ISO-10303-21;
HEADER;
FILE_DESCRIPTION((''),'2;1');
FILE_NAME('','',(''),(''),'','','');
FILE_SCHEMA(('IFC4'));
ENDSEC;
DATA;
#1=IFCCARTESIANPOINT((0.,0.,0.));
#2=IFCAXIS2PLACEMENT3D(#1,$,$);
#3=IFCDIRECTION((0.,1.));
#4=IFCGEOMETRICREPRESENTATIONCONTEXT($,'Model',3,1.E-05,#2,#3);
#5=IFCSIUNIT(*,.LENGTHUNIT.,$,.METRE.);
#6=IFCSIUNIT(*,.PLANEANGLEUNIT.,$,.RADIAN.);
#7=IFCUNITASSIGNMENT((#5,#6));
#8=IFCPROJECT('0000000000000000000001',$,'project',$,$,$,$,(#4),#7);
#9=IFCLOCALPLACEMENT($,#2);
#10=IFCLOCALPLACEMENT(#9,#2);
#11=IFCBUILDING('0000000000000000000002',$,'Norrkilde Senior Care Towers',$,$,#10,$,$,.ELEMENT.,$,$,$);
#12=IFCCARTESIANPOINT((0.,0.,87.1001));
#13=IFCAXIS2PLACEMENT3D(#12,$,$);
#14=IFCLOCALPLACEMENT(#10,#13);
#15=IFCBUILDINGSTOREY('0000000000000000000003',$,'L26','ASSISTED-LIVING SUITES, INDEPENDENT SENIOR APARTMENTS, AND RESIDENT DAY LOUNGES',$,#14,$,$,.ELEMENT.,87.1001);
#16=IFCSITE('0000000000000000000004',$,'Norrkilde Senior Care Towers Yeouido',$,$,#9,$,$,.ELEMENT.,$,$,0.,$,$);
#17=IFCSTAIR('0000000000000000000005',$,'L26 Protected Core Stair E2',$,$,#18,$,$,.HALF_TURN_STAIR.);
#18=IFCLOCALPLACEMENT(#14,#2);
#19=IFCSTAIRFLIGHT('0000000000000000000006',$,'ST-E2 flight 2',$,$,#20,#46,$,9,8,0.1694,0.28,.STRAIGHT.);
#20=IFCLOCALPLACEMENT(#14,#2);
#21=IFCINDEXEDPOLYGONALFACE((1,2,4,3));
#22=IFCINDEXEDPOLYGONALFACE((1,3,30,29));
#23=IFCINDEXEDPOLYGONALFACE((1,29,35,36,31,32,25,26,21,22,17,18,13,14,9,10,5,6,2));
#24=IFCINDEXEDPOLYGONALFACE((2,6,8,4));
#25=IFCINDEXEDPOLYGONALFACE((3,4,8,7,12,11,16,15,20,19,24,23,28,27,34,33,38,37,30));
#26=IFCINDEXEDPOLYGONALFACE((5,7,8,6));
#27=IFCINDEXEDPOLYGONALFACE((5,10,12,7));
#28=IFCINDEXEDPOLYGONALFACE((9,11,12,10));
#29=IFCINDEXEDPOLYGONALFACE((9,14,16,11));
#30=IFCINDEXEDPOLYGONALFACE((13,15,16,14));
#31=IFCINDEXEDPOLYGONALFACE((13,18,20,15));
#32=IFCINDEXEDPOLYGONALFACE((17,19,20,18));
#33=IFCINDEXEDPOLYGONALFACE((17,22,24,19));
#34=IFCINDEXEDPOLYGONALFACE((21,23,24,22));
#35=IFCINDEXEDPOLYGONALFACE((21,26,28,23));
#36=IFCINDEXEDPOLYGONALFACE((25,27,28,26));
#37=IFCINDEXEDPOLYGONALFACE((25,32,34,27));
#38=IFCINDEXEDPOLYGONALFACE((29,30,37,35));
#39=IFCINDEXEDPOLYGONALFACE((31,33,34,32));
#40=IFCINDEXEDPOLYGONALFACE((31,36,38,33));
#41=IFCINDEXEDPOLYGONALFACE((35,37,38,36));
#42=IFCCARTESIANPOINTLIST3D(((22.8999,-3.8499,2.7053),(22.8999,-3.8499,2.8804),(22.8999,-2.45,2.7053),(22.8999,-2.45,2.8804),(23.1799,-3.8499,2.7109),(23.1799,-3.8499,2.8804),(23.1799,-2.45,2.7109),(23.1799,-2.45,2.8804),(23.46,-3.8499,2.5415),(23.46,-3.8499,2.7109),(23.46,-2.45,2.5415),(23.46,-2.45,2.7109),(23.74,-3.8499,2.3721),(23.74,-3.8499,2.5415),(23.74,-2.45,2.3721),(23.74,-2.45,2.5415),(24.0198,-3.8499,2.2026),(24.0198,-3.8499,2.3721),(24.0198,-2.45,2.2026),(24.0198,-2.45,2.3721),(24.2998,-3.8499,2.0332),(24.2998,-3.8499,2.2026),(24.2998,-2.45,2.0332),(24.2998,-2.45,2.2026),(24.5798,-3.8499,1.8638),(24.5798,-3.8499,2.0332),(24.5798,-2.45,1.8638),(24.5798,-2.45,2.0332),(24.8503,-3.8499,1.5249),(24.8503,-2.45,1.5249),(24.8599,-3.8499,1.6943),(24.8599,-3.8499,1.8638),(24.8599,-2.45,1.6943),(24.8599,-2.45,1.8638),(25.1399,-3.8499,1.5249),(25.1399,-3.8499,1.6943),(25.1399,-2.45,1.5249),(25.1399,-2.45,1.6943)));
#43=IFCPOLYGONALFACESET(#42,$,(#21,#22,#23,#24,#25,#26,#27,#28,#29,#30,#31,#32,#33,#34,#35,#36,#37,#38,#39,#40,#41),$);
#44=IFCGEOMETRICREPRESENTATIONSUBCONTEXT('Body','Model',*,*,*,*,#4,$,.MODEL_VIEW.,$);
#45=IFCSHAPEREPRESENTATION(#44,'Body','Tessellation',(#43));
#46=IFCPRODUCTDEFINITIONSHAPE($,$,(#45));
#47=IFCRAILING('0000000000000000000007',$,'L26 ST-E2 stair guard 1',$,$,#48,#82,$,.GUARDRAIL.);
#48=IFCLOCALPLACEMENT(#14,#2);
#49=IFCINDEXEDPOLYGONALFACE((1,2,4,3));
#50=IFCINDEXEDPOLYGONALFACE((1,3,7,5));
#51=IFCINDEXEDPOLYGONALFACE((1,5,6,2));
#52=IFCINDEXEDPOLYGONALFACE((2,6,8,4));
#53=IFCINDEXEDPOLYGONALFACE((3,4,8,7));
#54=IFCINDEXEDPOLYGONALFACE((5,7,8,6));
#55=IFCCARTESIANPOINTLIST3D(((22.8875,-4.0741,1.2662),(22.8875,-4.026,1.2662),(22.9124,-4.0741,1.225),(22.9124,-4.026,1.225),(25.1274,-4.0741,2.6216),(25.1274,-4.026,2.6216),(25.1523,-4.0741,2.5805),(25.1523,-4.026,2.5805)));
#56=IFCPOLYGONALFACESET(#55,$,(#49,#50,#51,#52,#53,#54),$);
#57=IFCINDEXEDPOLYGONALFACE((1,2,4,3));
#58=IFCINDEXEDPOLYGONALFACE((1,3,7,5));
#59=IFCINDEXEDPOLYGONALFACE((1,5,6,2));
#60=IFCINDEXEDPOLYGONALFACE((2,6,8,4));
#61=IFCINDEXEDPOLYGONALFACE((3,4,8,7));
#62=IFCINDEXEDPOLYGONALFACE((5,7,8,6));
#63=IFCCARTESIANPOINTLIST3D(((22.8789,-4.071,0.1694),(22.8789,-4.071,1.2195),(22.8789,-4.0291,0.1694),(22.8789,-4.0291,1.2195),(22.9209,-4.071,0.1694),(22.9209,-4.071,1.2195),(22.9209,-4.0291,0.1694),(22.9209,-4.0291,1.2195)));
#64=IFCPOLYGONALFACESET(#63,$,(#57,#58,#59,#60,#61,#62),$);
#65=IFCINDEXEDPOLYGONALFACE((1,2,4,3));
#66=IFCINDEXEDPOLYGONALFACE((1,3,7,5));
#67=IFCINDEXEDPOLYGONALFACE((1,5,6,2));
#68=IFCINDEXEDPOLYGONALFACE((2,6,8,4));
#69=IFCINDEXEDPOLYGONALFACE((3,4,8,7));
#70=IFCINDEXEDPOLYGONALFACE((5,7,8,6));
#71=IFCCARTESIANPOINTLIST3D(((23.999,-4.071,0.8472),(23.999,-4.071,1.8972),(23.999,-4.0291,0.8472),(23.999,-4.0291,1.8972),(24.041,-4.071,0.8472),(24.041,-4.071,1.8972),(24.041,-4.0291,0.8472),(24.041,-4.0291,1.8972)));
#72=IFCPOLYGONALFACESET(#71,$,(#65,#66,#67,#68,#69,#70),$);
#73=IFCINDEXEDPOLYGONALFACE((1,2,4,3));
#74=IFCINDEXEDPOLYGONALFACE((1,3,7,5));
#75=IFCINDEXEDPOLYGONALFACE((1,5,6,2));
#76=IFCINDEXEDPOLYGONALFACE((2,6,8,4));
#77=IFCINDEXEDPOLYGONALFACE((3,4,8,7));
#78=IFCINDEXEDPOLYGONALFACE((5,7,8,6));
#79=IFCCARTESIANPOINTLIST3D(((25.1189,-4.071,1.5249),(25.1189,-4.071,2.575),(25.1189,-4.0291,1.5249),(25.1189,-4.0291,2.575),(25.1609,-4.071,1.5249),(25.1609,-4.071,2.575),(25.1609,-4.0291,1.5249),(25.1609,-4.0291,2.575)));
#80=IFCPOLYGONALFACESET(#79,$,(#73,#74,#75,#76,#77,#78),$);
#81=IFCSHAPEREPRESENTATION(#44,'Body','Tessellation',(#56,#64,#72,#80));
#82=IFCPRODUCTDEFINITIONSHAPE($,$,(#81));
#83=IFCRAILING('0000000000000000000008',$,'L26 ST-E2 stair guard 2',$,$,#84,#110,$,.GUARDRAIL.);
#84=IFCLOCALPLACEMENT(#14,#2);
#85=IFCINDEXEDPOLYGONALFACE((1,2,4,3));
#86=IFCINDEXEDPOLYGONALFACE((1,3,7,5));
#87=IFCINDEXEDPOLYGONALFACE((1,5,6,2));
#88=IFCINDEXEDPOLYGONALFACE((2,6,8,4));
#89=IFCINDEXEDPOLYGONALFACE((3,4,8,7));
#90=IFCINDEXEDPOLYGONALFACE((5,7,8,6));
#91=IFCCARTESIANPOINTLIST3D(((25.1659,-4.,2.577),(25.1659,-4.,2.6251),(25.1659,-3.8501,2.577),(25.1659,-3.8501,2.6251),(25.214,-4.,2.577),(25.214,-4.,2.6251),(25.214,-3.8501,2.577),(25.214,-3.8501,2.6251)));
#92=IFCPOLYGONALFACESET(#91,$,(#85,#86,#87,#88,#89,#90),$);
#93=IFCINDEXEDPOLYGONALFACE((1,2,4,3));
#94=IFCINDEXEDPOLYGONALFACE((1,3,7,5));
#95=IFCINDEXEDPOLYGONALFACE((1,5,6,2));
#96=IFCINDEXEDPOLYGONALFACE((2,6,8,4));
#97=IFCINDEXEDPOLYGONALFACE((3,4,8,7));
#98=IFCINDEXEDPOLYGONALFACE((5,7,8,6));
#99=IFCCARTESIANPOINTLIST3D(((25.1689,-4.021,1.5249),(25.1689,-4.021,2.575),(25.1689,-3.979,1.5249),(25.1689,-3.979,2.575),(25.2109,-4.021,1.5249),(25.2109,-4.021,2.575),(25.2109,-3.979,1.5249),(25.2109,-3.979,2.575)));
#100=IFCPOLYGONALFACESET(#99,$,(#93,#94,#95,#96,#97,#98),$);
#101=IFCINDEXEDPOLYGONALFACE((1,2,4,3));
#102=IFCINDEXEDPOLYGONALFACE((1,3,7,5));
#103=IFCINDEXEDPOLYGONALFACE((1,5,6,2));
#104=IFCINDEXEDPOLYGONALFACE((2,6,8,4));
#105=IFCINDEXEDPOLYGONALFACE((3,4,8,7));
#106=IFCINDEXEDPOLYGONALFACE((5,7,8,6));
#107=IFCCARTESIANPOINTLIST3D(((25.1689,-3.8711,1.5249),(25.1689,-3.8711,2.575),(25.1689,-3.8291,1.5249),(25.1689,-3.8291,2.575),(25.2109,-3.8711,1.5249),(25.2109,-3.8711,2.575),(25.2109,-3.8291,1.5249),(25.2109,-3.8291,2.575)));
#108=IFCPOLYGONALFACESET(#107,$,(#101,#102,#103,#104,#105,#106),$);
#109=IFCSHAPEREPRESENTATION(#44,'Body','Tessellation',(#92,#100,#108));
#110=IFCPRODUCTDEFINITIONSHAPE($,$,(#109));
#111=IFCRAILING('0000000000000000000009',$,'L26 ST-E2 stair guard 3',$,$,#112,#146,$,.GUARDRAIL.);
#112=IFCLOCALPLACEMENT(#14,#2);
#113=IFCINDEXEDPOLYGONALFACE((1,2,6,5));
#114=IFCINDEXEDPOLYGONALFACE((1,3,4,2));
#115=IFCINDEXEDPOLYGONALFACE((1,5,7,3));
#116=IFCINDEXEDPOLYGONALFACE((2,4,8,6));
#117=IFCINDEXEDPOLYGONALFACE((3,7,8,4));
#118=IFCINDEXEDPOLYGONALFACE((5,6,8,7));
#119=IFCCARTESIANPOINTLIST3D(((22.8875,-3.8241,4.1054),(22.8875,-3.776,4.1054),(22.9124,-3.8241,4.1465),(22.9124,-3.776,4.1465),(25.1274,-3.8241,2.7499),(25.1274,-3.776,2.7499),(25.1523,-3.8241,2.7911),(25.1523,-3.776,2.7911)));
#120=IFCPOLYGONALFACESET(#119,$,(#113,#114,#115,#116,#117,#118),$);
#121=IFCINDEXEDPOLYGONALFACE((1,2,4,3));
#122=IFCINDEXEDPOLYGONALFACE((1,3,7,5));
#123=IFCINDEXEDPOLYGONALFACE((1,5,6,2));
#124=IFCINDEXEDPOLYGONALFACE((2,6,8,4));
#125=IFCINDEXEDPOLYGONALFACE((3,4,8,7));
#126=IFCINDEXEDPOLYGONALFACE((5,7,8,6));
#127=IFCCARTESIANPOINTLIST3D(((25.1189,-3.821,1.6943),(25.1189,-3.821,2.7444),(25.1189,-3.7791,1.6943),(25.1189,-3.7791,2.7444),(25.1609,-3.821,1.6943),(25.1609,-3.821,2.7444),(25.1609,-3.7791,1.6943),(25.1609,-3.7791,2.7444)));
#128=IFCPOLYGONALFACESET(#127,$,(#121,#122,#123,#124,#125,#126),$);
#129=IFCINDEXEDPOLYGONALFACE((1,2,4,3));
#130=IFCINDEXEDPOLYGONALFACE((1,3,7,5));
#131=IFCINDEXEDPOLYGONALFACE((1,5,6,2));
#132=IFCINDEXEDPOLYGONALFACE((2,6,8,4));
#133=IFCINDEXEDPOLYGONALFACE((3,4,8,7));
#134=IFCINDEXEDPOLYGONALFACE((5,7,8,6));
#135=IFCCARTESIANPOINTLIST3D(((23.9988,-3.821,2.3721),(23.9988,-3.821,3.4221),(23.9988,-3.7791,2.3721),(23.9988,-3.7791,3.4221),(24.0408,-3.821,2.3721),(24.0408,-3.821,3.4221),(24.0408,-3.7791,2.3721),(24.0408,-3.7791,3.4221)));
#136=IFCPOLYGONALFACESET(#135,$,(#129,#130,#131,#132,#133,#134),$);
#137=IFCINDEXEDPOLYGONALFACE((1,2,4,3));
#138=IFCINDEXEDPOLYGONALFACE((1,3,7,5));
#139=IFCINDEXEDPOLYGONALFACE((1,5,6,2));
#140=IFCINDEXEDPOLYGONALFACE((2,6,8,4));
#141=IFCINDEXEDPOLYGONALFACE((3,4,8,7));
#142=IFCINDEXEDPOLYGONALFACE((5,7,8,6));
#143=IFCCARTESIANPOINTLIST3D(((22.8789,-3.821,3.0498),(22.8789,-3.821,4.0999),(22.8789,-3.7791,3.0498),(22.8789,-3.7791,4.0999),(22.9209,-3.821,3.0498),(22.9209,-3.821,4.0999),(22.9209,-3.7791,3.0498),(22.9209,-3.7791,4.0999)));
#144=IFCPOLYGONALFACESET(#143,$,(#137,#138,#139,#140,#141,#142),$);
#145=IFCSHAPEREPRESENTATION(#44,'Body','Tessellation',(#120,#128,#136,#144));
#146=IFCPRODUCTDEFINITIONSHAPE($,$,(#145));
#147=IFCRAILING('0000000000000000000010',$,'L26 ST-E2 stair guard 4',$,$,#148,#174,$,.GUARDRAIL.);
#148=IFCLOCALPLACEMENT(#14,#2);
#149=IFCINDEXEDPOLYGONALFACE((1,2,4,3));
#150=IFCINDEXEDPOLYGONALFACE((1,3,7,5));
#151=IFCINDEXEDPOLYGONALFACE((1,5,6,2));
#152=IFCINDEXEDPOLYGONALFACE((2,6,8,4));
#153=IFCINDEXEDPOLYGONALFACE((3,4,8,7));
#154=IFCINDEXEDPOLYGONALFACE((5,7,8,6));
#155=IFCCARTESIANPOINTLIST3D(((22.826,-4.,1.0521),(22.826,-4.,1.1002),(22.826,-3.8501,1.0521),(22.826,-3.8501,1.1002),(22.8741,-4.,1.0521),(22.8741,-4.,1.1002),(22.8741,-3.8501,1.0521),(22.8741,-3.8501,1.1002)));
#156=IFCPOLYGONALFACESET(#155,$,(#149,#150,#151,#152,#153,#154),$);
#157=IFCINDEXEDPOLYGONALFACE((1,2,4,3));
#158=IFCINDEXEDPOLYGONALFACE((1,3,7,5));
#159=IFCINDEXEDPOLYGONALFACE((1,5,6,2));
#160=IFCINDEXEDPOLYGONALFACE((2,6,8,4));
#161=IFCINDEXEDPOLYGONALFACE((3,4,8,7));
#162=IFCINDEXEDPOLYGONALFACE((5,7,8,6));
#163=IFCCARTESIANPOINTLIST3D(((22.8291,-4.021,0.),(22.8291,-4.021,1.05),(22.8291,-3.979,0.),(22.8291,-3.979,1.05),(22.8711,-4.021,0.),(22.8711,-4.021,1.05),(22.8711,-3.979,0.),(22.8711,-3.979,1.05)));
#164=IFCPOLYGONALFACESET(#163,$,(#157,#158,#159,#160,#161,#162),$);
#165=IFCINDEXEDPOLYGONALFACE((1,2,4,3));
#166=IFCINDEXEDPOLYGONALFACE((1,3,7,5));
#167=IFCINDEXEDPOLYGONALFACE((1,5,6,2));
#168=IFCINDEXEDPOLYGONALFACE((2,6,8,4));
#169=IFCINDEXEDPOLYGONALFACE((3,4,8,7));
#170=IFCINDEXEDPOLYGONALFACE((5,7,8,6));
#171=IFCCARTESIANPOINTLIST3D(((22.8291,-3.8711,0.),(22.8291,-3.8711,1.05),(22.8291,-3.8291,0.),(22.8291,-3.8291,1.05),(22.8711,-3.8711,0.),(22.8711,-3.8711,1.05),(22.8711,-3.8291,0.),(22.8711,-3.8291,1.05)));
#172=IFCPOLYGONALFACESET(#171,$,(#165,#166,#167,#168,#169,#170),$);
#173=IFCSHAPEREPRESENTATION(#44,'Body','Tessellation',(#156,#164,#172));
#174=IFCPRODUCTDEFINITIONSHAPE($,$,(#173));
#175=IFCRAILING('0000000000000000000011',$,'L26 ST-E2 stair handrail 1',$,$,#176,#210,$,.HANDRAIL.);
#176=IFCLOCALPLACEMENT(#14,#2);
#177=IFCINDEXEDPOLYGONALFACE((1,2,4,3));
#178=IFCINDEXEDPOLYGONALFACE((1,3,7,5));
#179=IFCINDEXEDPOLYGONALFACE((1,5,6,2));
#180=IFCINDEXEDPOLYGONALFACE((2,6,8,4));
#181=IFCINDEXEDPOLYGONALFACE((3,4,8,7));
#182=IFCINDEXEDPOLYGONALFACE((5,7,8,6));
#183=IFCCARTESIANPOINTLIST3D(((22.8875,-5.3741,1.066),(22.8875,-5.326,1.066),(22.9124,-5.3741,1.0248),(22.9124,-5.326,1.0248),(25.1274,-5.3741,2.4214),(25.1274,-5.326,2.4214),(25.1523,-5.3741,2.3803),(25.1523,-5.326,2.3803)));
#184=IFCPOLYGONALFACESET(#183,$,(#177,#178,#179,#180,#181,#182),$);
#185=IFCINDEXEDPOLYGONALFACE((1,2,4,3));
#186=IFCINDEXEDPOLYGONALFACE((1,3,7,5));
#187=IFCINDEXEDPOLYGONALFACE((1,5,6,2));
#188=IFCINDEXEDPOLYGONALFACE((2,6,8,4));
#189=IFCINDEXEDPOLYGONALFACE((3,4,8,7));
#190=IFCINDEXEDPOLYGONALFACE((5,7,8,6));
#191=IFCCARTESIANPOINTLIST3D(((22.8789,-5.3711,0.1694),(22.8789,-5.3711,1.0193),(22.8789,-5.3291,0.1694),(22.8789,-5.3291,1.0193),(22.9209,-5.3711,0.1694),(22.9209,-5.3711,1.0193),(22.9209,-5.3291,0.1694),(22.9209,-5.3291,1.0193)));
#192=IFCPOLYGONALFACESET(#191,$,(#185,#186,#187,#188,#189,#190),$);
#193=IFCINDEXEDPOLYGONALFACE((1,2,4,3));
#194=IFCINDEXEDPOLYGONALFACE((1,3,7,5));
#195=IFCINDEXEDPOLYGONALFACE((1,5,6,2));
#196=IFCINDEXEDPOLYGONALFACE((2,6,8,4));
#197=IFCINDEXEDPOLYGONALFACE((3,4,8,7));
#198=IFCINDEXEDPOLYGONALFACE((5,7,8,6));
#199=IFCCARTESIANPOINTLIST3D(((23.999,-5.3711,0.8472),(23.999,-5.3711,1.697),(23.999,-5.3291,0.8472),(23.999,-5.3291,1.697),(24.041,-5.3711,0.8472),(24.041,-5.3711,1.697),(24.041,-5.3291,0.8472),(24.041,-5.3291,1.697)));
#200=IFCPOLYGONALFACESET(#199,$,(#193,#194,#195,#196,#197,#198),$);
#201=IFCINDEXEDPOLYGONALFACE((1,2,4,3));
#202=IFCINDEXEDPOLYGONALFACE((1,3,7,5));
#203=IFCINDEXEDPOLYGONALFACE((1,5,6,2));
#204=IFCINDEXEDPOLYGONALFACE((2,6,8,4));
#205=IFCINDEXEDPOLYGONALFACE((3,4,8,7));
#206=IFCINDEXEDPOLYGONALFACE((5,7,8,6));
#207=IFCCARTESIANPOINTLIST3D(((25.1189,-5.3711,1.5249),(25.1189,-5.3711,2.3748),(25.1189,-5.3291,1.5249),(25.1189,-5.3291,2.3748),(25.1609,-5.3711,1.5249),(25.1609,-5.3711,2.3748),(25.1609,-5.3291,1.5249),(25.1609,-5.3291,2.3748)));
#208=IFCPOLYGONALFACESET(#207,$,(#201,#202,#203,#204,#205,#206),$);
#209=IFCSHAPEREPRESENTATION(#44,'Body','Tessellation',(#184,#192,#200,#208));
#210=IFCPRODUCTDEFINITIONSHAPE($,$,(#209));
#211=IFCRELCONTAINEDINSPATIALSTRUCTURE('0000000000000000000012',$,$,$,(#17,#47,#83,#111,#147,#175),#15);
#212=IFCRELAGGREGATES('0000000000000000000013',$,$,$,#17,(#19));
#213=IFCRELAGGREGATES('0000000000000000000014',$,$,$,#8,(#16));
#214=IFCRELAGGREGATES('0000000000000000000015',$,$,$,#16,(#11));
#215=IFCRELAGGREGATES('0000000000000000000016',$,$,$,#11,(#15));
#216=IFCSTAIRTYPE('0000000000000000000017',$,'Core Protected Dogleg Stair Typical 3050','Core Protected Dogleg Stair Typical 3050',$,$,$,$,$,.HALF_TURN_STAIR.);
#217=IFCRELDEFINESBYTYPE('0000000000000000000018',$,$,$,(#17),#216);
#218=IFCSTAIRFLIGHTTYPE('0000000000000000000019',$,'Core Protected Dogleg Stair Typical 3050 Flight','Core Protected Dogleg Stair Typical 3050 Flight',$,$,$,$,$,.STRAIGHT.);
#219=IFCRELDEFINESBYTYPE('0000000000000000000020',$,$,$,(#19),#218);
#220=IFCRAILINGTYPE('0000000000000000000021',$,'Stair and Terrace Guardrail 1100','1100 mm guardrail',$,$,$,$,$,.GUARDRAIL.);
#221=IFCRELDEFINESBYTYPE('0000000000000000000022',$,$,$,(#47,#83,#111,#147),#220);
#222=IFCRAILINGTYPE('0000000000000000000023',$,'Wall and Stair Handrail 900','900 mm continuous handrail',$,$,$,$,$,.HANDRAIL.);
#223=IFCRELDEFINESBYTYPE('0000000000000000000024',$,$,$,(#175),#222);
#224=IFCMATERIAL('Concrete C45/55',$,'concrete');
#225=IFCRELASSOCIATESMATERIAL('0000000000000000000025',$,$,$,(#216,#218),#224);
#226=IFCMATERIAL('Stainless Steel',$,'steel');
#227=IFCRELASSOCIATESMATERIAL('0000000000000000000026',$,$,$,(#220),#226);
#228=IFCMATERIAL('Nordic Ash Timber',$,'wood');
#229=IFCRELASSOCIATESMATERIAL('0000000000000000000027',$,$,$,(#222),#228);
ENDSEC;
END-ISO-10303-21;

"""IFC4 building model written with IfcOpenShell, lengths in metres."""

from ifc_helpers import new_model, si_unit, direction, frame, origin, origin_2d, place, context, subcontext, project, spatial, polyline, rectangle, outline, extrude, material, type_object, element, aggregate, save


model = new_model("IFC4")

# Units and contexts
model_context = context("Model", 3, precision=1e-05, world=origin(), true_north=direction((0.0, 1.0)))
body_context = subcontext(model_context, "Body", "Model", "MODEL_VIEW")
ifc_project = project(units=[si_unit("LENGTHUNIT", "METRE"), si_unit("PLANEANGLEUNIT", "RADIAN")], contexts=[model_context])

# Site, building, storey
site_placement = place(None, origin())
site = spatial("IfcSite", under=ifc_project, at=site_placement, Name="Norrkilde Senior Care Towers Yeouido", CompositionType="ELEMENT", RefElevation=0.0)
building_placement = place(site_placement, origin())
building = spatial("IfcBuilding", under=site, at=building_placement, Name="Norrkilde Senior Care Towers", CompositionType="ELEMENT")
storey_placement = place(building_placement, frame((0.0, 0.0, 87.1001)))
storey = spatial("IfcBuildingStorey", under=building, at=storey_placement, Name="L26", Description="ASSISTED-LIVING SUITES, INDEPENDENT SENIOR APARTMENTS, AND RESIDENT DAY LOUNGES", CompositionType="ELEMENT", Elevation=87.1001)

# Shared definitions
ifc_material_1 = material(Name="Concrete C45/55", Category="concrete")

# Shared definitions
ifc_material_2 = material(Name="Nordic Ash Timber", Category="wood")

# Stair, stair flight
stair_type = type_object("IfcStairType", Name="Core Protected Dogleg Stair Typical 3050", Description="Core Protected Dogleg Stair Typical 3050", PredefinedType="HALF_TURN_STAIR", material=ifc_material_1)
stair_placement = place(storey_placement, origin())
stair = element("IfcStair", 1, at=stair_placement, inside=storey, type_object=stair_type, Name="L26 Protected Core Stair E2", PredefinedType="HALF_TURN_STAIR")
stair_flight_type = type_object("IfcStairFlightType", Name="Core Protected Dogleg Stair Typical 3050 Flight", Description="Core Protected Dogleg Stair Typical 3050 Flight", PredefinedType="STRAIGHT", material=ifc_material_1)
stair_flight_1_placement = place(storey_placement, frame((25.1399, -3.1499, 1.5249), z_axis=(0.0, 0.0, 1.0), x_axis=(-1.0, 0.0, 0.0)))
stair_flight_1 = element("IfcStairFlight", 2, at=stair_flight_1_placement, type_object=stair_flight_type, Name="ST-E2 flight 2", NumberOfRisers=9, NumberOfTreads=8, PredefinedType="STRAIGHT", RiserHeight=0.1694, TreadLength=0.28, context=body_context, shape_type="SweptSolid", body=[
    extrude(outline(polyline([(0.0, 0.0), (0.0, 0.1694), (0.28, 0.1694), (0.28, 0.3389), (0.5601, 0.3389), (0.5601, 0.5083), (0.8401, 0.5083), (0.8401, 0.6777), (1.1201, 0.6777), (1.1201, 0.8472), (1.3999, 0.8472), (1.3999, 1.0166), (1.6799, 1.0166), (1.6799, 1.186), (1.96, 1.186), (1.96, 1.3555), (2.24, 1.3555), (2.24, 1.5249), (2.24, 1.1804), (0.2896, 0.0), (0.0, 0.0)])), frame((0.0, 0.7, 0.0), z_axis=(0.0, -1.0, 0.0), x_axis=(1.0, 0.0, 0.0)), (0.0, 0.0, 1.0), 1.3999),
])
aggregate(stair, [stair_flight_1])

# Railings
ifc_material_3 = material(Name="Stainless Steel", Category="steel")
railing_type_1 = type_object("IfcRailingType", Name="Stair and Terrace Guardrail 1100", Description="1100 mm guardrail", PredefinedType="GUARDRAIL", material=ifc_material_3)
railing_1_placement = place(storey_placement, frame((22.8999, -4.05, 0.1694)))
element("IfcRailing", 3, at=railing_1_placement, inside=storey, type_object=railing_type_1, Name="L26 ST-E2 stair guard 1", PredefinedType="GUARDRAIL", context=body_context, shape_type="SweptSolid", body=[
    extrude(rectangle(XDim=0.0481, YDim=0.0481, at=origin_2d()), frame((0.0, 0.0, 1.0762), z_axis=(0.855553, 0.0, 0.517715), x_axis=(0.0, 1.0, 0.0)), (0.0, 0.0, 1.0), 2.6182),
    extrude(rectangle(XDim=0.042, YDim=0.042, at=origin_2d()), origin(), (0.0, 0.0, 1.0), 1.05),
    extrude(rectangle(XDim=0.042, YDim=0.042, at=origin_2d()), frame((1.1201, 0.0, 0.6777)), (0.0, 0.0, 1.0), 1.05),
    extrude(rectangle(XDim=0.042, YDim=0.042, at=origin_2d()), frame((2.24, 0.0, 1.3555)), (0.0, 0.0, 1.0), 1.05),
])
railing_2_placement = place(storey_placement, frame((25.1899, -4.0, 1.5249)))
element("IfcRailing", 4, at=railing_2_placement, inside=storey, type_object=railing_type_1, Name="L26 ST-E2 stair guard 2", PredefinedType="GUARDRAIL", context=body_context, shape_type="SweptSolid", body=[
    extrude(rectangle(XDim=0.0481, YDim=0.0481, at=origin_2d()), frame((0.0, 0.0, 1.0762), z_axis=(0.0, 1.0, 0.0), x_axis=(-1.0, 0.0, 0.0)), (0.0, 0.0, 1.0), 0.1499),
    extrude(rectangle(XDim=0.042, YDim=0.042, at=origin_2d()), origin(), (0.0, 0.0, 1.0), 1.05),
    extrude(rectangle(XDim=0.042, YDim=0.042, at=origin_2d()), frame((0.0, 0.1499, 0.0)), (0.0, 0.0, 1.0), 1.05),
])
railing_3_placement = place(storey_placement, frame((25.1399, -3.8, 1.6943)))
element("IfcRailing", 5, at=railing_3_placement, inside=storey, type_object=railing_type_1, Name="L26 ST-E2 stair guard 3", PredefinedType="GUARDRAIL", context=body_context, shape_type="SweptSolid", body=[
    extrude(rectangle(XDim=0.0481, YDim=0.0481, at=origin_2d()), frame((0.0, 0.0, 1.0762), z_axis=(-0.855553, 0.0, 0.517715), x_axis=(0.0, -1.0, 0.0)), (0.0, 0.0, 1.0), 2.6182),
    extrude(rectangle(XDim=0.042, YDim=0.042, at=origin_2d()), origin(), (0.0, 0.0, 1.0), 1.05),
    extrude(rectangle(XDim=0.042, YDim=0.042, at=origin_2d()), frame((-1.1201, 0.0, 0.6777)), (0.0, 0.0, 1.0), 1.05),
    extrude(rectangle(XDim=0.042, YDim=0.042, at=origin_2d()), frame((-2.24, 0.0, 1.3555)), (0.0, 0.0, 1.0), 1.05),
])
railing_4_placement = place(storey_placement, frame((22.8501, -4.0, 0.0)))
element("IfcRailing", 6, at=railing_4_placement, inside=storey, type_object=railing_type_1, Name="L26 ST-E2 stair guard 4", PredefinedType="GUARDRAIL", context=body_context, shape_type="SweptSolid", body=[
    extrude(rectangle(XDim=0.0481, YDim=0.0481, at=origin_2d()), frame((0.0, 0.0, 1.0762), z_axis=(0.0, 1.0, 0.0), x_axis=(-1.0, 0.0, 0.0)), (0.0, 0.0, 1.0), 0.1499),
    extrude(rectangle(XDim=0.042, YDim=0.042, at=origin_2d()), origin(), (0.0, 0.0, 1.0), 1.05),
    extrude(rectangle(XDim=0.042, YDim=0.042, at=origin_2d()), frame((0.0, 0.1499, 0.0)), (0.0, 0.0, 1.0), 1.05),
])
railing_type_2 = type_object("IfcRailingType", Name="Wall and Stair Handrail 900", Description="900 mm continuous handrail", PredefinedType="HANDRAIL", material=ifc_material_2)
railing_5_placement = place(storey_placement, frame((22.8999, -5.3501, 0.1694)))
element("IfcRailing", 7, at=railing_5_placement, inside=storey, type_object=railing_type_2, Name="L26 ST-E2 stair handrail 1", PredefinedType="HANDRAIL", context=body_context, shape_type="SweptSolid", body=[
    extrude(rectangle(XDim=0.0481, YDim=0.0481, at=origin_2d()), frame((0.0, 0.0, 0.876), z_axis=(0.855553, 0.0, 0.517715), x_axis=(0.0, 1.0, 0.0)), (0.0, 0.0, 1.0), 2.6182),
    extrude(rectangle(XDim=0.042, YDim=0.042, at=origin_2d()), origin(), (0.0, 0.0, 1.0), 0.8499),
    extrude(rectangle(XDim=0.042, YDim=0.042, at=origin_2d()), frame((1.1201, 0.0, 0.6777)), (0.0, 0.0, 1.0), 0.8499),
    extrude(rectangle(XDim=0.042, YDim=0.042, at=origin_2d()), frame((2.24, 0.0, 1.3555)), (0.0, 0.0, 1.0), 0.8499),
])

save(model, "model.ifc")
